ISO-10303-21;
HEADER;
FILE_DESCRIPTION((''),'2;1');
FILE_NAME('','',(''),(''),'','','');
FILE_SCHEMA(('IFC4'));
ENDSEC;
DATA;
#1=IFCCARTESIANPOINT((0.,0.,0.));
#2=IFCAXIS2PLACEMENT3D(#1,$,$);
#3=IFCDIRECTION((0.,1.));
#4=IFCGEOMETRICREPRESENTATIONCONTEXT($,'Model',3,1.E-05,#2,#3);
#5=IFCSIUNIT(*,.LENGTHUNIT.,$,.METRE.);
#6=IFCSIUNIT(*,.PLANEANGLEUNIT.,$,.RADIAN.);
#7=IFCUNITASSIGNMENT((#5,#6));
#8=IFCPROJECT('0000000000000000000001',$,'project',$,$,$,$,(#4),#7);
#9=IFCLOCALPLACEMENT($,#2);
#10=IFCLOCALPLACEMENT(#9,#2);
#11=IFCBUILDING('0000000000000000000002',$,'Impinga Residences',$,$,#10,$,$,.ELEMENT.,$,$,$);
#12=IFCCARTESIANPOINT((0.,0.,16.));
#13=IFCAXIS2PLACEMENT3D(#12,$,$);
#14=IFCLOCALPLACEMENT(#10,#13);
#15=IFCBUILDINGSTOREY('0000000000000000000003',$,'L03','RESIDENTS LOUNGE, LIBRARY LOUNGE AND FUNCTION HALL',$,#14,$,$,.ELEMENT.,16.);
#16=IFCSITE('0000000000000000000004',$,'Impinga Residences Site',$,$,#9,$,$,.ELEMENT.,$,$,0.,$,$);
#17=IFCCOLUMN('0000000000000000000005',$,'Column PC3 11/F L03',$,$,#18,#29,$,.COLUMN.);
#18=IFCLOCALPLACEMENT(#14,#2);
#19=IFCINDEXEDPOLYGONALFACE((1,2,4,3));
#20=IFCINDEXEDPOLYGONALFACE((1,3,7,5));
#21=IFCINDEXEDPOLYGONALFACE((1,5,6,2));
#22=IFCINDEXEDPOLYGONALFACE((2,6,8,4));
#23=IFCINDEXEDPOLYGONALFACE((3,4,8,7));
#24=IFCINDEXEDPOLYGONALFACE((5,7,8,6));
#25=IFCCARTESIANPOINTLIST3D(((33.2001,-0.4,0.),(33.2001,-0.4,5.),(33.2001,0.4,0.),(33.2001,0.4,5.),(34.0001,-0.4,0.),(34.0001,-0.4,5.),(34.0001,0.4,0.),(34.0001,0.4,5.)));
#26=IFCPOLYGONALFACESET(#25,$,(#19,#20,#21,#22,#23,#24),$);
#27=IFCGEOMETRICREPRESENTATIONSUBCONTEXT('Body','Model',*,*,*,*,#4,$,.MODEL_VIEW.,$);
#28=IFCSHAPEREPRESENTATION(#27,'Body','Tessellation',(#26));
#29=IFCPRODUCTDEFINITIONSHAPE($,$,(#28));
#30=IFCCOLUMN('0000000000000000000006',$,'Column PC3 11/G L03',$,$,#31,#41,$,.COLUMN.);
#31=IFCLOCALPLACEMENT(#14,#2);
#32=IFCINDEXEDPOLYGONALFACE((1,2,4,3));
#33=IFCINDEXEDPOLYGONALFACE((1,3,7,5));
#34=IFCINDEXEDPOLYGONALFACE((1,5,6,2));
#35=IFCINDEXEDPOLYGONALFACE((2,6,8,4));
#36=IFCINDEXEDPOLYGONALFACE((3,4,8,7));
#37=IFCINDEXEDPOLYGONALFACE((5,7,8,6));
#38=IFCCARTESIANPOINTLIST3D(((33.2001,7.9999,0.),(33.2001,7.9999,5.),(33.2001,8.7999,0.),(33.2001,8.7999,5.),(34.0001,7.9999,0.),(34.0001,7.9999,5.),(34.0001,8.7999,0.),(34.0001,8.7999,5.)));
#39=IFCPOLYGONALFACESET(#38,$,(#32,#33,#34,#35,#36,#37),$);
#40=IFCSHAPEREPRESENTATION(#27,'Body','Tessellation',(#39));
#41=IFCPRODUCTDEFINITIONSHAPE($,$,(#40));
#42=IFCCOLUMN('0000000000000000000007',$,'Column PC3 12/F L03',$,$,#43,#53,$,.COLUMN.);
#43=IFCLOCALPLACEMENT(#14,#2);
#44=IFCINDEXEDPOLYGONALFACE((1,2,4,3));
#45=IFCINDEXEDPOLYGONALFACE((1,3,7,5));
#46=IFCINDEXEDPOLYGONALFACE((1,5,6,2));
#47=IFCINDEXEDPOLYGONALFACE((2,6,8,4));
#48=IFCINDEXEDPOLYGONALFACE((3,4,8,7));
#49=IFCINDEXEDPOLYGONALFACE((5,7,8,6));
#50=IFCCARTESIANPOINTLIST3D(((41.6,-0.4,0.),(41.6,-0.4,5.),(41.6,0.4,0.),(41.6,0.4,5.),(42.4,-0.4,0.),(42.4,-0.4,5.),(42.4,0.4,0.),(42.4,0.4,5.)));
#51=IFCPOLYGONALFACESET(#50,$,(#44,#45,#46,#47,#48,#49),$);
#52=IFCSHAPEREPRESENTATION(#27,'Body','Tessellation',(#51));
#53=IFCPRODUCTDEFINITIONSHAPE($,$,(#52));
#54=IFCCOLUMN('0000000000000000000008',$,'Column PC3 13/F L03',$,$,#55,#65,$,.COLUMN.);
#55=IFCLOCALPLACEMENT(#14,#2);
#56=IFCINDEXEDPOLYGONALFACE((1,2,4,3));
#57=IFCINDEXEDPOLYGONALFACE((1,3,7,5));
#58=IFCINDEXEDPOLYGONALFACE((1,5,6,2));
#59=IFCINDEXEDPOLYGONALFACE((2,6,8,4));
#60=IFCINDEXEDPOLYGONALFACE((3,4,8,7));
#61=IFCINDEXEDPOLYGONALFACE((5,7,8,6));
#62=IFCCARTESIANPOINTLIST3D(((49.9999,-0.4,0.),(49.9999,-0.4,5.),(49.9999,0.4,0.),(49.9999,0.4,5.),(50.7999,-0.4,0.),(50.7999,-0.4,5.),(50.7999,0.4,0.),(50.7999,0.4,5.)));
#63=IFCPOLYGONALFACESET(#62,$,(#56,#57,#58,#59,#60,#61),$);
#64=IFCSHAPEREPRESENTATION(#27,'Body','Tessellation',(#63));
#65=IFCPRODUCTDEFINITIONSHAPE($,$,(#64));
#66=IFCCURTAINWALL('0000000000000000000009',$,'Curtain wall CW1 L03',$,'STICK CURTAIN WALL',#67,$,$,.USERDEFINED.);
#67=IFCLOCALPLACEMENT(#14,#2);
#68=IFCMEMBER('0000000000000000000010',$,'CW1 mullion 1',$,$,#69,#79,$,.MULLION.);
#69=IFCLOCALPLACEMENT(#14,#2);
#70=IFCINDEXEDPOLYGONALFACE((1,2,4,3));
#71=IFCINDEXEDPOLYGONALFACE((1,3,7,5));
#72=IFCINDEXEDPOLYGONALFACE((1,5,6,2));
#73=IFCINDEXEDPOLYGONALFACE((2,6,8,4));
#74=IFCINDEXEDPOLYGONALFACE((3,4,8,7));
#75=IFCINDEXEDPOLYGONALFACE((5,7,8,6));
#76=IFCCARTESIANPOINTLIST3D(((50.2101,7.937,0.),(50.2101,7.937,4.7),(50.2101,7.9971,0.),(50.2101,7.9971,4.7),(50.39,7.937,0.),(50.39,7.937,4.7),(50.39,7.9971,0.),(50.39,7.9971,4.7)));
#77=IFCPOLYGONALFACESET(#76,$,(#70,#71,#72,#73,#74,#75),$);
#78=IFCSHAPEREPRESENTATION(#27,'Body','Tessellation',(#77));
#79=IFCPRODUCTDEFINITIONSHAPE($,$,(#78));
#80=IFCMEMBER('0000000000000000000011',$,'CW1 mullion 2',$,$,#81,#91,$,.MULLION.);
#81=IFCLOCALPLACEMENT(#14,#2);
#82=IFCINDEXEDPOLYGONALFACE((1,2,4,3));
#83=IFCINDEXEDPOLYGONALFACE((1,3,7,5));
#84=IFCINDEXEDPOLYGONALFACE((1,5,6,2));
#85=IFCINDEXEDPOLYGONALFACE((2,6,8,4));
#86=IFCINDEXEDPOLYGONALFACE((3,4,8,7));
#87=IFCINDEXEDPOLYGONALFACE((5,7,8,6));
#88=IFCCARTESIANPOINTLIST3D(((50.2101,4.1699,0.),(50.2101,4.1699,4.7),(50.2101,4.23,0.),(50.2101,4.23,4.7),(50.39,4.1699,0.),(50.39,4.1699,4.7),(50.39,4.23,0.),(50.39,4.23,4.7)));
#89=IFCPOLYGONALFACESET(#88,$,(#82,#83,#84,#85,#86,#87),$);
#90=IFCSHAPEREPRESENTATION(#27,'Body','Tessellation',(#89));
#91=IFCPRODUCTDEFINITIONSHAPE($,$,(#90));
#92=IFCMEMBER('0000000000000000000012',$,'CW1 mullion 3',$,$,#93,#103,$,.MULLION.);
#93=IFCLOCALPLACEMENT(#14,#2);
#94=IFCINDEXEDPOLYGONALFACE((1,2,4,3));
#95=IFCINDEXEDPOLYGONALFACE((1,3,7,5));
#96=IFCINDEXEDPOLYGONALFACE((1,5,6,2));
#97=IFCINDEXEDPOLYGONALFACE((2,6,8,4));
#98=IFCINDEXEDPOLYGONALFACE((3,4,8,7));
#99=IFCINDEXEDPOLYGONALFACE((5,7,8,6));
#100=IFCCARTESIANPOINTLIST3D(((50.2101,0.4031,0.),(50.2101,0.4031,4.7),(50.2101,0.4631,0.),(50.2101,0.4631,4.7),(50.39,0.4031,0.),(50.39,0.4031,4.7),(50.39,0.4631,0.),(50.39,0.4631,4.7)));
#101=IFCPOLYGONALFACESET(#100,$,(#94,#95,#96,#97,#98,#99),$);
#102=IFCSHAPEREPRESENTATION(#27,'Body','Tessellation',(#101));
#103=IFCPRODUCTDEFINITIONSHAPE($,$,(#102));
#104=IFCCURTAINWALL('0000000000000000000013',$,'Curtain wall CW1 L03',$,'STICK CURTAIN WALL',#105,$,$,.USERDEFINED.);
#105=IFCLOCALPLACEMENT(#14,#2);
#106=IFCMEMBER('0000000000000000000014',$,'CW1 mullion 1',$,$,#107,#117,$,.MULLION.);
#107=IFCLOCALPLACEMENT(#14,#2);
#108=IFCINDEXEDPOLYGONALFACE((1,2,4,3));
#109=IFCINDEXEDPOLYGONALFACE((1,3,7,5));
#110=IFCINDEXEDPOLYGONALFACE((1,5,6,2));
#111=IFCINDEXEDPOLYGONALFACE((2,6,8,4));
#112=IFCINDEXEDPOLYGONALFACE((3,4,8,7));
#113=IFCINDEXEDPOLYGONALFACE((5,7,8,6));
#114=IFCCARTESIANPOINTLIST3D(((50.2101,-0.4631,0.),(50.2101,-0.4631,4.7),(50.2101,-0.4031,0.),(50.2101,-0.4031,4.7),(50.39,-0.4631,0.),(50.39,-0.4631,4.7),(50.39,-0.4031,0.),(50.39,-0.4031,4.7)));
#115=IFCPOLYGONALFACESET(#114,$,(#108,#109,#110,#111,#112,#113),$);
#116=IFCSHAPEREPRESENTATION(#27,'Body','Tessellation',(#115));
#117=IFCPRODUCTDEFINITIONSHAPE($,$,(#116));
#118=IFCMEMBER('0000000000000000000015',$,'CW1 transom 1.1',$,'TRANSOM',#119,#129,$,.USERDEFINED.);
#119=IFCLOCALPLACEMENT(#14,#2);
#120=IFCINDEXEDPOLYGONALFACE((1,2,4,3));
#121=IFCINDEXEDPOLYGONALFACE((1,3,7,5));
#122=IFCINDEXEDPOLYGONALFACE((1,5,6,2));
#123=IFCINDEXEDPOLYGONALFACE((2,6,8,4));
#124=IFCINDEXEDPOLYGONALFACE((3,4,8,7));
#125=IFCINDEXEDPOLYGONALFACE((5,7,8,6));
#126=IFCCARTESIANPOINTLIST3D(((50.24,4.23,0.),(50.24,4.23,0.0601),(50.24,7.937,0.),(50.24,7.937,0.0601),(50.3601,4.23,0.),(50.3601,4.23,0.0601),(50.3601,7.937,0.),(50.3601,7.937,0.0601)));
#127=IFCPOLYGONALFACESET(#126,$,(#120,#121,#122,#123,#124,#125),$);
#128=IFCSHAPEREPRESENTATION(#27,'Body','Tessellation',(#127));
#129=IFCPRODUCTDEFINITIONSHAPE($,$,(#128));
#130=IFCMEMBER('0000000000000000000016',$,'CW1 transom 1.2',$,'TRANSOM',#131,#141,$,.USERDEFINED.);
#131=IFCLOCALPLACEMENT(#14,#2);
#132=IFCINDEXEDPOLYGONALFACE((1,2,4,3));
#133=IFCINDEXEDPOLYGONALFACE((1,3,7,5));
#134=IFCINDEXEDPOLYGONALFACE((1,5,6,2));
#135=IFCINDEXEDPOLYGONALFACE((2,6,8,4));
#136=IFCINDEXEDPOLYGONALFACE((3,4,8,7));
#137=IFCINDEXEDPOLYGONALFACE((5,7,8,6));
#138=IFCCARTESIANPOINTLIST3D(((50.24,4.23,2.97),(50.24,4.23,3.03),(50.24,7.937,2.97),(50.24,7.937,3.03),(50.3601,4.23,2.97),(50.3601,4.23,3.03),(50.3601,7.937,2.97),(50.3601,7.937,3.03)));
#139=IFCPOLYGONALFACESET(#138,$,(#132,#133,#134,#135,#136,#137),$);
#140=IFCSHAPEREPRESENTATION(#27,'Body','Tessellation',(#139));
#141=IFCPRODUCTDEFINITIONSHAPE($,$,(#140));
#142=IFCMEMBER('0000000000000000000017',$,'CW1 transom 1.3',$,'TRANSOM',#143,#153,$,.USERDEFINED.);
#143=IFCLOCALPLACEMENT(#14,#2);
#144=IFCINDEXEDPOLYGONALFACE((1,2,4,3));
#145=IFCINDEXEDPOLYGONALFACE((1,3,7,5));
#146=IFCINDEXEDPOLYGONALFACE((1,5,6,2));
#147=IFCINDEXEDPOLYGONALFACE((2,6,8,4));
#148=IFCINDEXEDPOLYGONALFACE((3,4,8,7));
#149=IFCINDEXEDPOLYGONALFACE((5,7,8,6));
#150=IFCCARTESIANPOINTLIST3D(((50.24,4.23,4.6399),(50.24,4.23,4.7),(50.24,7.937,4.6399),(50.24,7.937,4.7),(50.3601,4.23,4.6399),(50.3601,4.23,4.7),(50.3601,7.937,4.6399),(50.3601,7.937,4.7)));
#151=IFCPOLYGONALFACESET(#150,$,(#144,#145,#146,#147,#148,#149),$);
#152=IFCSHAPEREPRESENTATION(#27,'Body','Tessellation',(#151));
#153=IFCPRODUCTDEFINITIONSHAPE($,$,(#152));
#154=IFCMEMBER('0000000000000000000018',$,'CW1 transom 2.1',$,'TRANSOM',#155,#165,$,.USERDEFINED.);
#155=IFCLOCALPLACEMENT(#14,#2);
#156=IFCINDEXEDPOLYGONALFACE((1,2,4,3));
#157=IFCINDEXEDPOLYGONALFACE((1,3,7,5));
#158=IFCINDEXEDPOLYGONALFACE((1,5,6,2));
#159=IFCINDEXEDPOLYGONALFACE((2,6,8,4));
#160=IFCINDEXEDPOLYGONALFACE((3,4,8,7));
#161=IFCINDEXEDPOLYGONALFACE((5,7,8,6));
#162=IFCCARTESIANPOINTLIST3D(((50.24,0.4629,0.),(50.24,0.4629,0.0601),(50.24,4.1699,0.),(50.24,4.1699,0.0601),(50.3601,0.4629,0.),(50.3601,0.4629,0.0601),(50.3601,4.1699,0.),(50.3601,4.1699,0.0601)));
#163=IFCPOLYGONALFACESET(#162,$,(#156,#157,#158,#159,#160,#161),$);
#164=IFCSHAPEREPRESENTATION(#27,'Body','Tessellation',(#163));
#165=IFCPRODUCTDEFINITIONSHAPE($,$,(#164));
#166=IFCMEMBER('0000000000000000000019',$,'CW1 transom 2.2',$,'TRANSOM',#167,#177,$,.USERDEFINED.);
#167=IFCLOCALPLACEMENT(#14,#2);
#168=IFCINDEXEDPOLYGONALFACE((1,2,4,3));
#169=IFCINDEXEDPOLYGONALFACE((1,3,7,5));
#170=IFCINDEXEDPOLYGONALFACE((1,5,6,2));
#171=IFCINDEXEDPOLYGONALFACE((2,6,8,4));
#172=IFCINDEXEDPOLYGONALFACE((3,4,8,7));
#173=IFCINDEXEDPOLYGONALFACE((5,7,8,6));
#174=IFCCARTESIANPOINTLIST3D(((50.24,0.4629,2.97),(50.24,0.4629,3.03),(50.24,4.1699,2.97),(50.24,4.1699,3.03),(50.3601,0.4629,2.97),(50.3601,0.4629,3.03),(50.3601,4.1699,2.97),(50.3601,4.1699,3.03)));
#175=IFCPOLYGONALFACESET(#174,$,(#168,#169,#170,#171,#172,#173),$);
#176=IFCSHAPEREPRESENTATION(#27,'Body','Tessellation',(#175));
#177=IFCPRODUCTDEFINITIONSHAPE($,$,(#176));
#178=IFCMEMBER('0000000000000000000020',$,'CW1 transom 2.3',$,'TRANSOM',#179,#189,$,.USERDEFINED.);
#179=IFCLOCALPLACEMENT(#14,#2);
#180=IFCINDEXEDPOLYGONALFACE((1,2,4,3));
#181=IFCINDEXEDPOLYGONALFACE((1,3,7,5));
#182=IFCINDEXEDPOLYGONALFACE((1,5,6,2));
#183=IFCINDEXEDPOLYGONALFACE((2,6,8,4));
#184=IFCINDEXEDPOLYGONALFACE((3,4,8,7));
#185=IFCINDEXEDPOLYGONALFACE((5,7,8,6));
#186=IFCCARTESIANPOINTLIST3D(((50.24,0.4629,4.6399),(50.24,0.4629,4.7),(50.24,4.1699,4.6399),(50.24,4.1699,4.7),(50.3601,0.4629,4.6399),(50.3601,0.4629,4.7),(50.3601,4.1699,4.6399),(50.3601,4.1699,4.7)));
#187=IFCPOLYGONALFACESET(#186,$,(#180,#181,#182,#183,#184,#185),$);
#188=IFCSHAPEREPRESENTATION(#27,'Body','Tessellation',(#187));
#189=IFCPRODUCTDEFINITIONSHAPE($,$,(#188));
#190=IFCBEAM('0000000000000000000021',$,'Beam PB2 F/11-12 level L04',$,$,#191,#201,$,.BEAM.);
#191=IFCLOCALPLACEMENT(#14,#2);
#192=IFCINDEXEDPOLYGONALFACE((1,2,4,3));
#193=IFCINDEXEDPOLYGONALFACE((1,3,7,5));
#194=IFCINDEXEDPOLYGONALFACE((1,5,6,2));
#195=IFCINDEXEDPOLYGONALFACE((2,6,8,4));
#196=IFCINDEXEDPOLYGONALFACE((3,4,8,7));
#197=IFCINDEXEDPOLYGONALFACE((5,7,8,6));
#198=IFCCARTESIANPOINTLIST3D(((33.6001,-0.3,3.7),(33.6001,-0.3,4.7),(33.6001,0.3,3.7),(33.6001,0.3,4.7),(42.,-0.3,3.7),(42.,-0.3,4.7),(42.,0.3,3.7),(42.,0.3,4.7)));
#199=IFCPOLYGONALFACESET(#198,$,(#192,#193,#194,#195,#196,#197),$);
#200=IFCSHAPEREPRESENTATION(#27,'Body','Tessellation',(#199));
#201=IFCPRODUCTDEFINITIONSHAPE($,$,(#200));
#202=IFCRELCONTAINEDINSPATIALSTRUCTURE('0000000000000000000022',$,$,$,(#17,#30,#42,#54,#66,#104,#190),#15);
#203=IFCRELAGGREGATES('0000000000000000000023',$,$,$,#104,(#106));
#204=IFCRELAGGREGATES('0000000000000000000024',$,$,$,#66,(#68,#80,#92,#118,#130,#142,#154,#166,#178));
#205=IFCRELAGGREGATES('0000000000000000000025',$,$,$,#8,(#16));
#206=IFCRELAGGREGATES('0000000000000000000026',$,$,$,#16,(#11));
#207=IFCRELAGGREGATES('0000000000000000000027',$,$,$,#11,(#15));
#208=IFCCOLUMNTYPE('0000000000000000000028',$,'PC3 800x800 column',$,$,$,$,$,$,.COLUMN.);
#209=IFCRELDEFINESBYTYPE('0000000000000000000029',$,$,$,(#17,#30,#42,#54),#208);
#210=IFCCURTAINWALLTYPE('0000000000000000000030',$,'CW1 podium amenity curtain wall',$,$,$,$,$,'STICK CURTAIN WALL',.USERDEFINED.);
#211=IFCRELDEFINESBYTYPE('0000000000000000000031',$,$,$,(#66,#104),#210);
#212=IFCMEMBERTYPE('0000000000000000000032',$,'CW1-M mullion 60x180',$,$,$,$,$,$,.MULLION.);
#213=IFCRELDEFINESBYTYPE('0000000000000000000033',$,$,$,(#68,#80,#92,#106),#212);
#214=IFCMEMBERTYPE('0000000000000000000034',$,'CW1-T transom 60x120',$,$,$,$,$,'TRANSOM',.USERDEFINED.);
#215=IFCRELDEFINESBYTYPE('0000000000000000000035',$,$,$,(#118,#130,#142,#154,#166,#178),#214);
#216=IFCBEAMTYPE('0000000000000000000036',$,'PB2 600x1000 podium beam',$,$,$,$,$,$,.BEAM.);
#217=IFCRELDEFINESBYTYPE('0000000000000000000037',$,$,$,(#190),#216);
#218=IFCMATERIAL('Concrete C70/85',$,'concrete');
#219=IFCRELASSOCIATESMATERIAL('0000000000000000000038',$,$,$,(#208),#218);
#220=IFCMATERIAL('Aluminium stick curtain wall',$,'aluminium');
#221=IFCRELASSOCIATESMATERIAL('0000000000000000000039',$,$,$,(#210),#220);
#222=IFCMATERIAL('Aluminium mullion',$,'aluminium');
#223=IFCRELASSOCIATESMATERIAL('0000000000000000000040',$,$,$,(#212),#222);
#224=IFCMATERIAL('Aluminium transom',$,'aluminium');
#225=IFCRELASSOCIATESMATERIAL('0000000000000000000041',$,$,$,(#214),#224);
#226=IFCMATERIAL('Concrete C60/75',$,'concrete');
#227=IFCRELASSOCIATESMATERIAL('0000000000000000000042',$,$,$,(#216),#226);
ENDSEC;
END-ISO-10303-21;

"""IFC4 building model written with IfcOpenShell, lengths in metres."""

from ifc_helpers import new_model, si_unit, direction, frame, origin, origin_2d, place, context, subcontext, project, spatial, rectangle, extrude, material, material_profile, profile_set, type_object, element, aggregate, save


model = new_model("IFC4")

# Units and contexts
model_context = context("Model", 3, precision=1e-05, world=origin(), true_north=direction((0.0, 1.0)))
body_context = subcontext(model_context, "Body", "Model", "MODEL_VIEW")
ifc_project = project(units=[si_unit("LENGTHUNIT", "METRE"), si_unit("PLANEANGLEUNIT", "RADIAN")], contexts=[model_context])

# Site, building, storey
site_placement = place(None, origin())
site = spatial("IfcSite", under=ifc_project, at=site_placement, Name="Impinga Residences Site", CompositionType="ELEMENT", RefElevation=0.0)
building_placement = place(site_placement, origin())
building = spatial("IfcBuilding", under=site, at=building_placement, Name="Impinga Residences", CompositionType="ELEMENT")
storey_placement = place(building_placement, frame((0.0, 0.0, 16.0)))
storey = spatial("IfcBuildingStorey", under=building, at=storey_placement, Name="L03", Description="RESIDENTS LOUNGE, LIBRARY LOUNGE AND FUNCTION HALL", CompositionType="ELEMENT", Elevation=16.0)

# Columns
ifc_material_1 = material(Name="Concrete C70/85", Category="concrete")
ifc_material_profile_1 = material_profile(ifc_material_1, rectangle(XDim=0.8, YDim=0.8, at=origin_2d()), Name="RC 800x800")
ifc_profile_set_1 = profile_set([ifc_material_profile_1], Name="Concrete C70/85")
column_type = type_object("IfcColumnType", Name="PC3 800x800 column", PredefinedType="COLUMN", material=ifc_profile_set_1)
for number, where, z_axis, x_axis, name in (
    (1, (33.6001, 0.0, 0.0), (0.0, 0.0, 1.0), (1.0, 0.0, 0.0), "Column PC3 11/F L03"),
    (2, (33.6001, 8.3999, 0.0), (0.0, 0.0, 1.0), (1.0, 0.0, 0.0), "Column PC3 11/G L03"),
    (3, (42.0, 0.0, 0.0), (0.0, 0.0, 1.0), (1.0, 0.0, 0.0), "Column PC3 12/F L03"),
    (4, (50.3999, 0.0, 0.0), (0.0, 0.0, 1.0), (1.0, 0.0, 0.0), "Column PC3 13/F L03"),
):
    element("IfcColumn", number, at=place(storey_placement, frame(where, z_axis=z_axis, x_axis=x_axis)), inside=storey, type_object=column_type, Name=name, PredefinedType="COLUMN", context=body_context, shape_type="SweptSolid", body=[
        extrude(rectangle(XDim=0.8, YDim=0.8, at=origin_2d()), origin(), (0.0, 0.0, 1.0), 5.0),
    ])

# Curtain wall, members
ifc_material_2 = material(Name="Aluminium stick curtain wall", Category="aluminium")
curtain_wall_type = type_object("IfcCurtainWallType", Name="CW1 podium amenity curtain wall", ElementType="STICK CURTAIN WALL", PredefinedType="USERDEFINED", material=ifc_material_2)
curtain_wall_1_placement = place(storey_placement, origin())
curtain_wall_1 = element("IfcCurtainWall", 5, at=curtain_wall_1_placement, inside=storey, type_object=curtain_wall_type, Name="Curtain wall CW1 L03", ObjectType="STICK CURTAIN WALL", PredefinedType="USERDEFINED")
ifc_material_3 = material(Name="Aluminium mullion", Category="aluminium")
ifc_material_profile_2 = material_profile(ifc_material_3, rectangle(XDim=0.0601, YDim=0.1799, at=origin_2d()), Name="60x180 mullion")
ifc_profile_set_2 = profile_set([ifc_material_profile_2], Name="Aluminium mullion")
member_type_1 = type_object("IfcMemberType", Name="CW1-M mullion 60x180", PredefinedType="MULLION", material=ifc_profile_set_2)
member_1_placement = place(storey_placement, frame((50.3, 7.967, 0.0), z_axis=(0.0, 0.0, 1.0), x_axis=(0.0, -1.0, 0.0)))
member_1 = element("IfcMember", 6, at=member_1_placement, type_object=member_type_1, Name="CW1 mullion 1", PredefinedType="MULLION", context=body_context, shape_type="SweptSolid", body=[
    extrude(rectangle(XDim=0.0601, YDim=0.1799, at=origin_2d()), origin(), (0.0, 0.0, 1.0), 4.7),
])
member_2_placement = place(storey_placement, frame((50.3, 4.2, 0.0), z_axis=(0.0, 0.0, 1.0), x_axis=(0.0, -1.0, 0.0)))
member_2 = element("IfcMember", 7, at=member_2_placement, type_object=member_type_1, Name="CW1 mullion 2", PredefinedType="MULLION", context=body_context, shape_type="SweptSolid", body=[
    extrude(rectangle(XDim=0.0601, YDim=0.1799, at=origin_2d()), origin(), (0.0, 0.0, 1.0), 4.7),
])
member_3_placement = place(storey_placement, frame((50.3, 0.4331, 0.0), z_axis=(0.0, 0.0, 1.0), x_axis=(0.0, -1.0, 0.0)))
member_3 = element("IfcMember", 8, at=member_3_placement, type_object=member_type_1, Name="CW1 mullion 3", PredefinedType="MULLION", context=body_context, shape_type="SweptSolid", body=[
    extrude(rectangle(XDim=0.0601, YDim=0.1799, at=origin_2d()), origin(), (0.0, 0.0, 1.0), 4.7),
])

# Curtain wall, member
curtain_wall_2_placement = place(storey_placement, origin())
curtain_wall_2 = element("IfcCurtainWall", 9, at=curtain_wall_2_placement, inside=storey, type_object=curtain_wall_type, Name="Curtain wall CW1 L03", ObjectType="STICK CURTAIN WALL", PredefinedType="USERDEFINED")
member_4_placement = place(storey_placement, frame((50.3, -0.4331, 0.0), z_axis=(0.0, 0.0, 1.0), x_axis=(0.0, -1.0, 0.0)))
member_4 = element("IfcMember", 10, at=member_4_placement, type_object=member_type_1, Name="CW1 mullion 1", PredefinedType="MULLION", context=body_context, shape_type="SweptSolid", body=[
    extrude(rectangle(XDim=0.0601, YDim=0.1799, at=origin_2d()), origin(), (0.0, 0.0, 1.0), 4.7),
])
aggregate(curtain_wall_2, [member_4])

# Members
ifc_material_4 = material(Name="Aluminium transom", Category="aluminium")
ifc_material_profile_3 = material_profile(ifc_material_4, rectangle(XDim=0.0601, YDim=0.1201, at=origin_2d()), Name="60x120 transom")
ifc_profile_set_3 = profile_set([ifc_material_profile_3], Name="Aluminium transom")
member_type_2 = type_object("IfcMemberType", Name="CW1-T transom 60x120", ElementType="TRANSOM", PredefinedType="USERDEFINED", material=ifc_profile_set_3)
member_5_placement = place(storey_placement, frame((50.3, 7.937, 0.03), z_axis=(0.0, -1.0, 0.0), x_axis=(0.0, 0.0, 1.0)))
member_5 = element("IfcMember", 11, at=member_5_placement, type_object=member_type_2, Name="CW1 transom 1.1", ObjectType="TRANSOM", PredefinedType="USERDEFINED", context=body_context, shape_type="SweptSolid", body=[
    extrude(rectangle(XDim=0.0601, YDim=0.1201, at=origin_2d()), origin(), (0.0, 0.0, 1.0), 3.707),
])
member_6_placement = place(storey_placement, frame((50.3, 7.937, 3.0), z_axis=(0.0, -1.0, 0.0), x_axis=(0.0, 0.0, 1.0)))
member_6 = element("IfcMember", 12, at=member_6_placement, type_object=member_type_2, Name="CW1 transom 1.2", ObjectType="TRANSOM", PredefinedType="USERDEFINED", context=body_context, shape_type="SweptSolid", body=[
    extrude(rectangle(XDim=0.0601, YDim=0.1201, at=origin_2d()), origin(), (0.0, 0.0, 1.0), 3.707),
])
member_7_placement = place(storey_placement, frame((50.3, 7.937, 4.6699), z_axis=(0.0, -1.0, 0.0), x_axis=(0.0, 0.0, 1.0)))
member_7 = element("IfcMember", 13, at=member_7_placement, type_object=member_type_2, Name="CW1 transom 1.3", ObjectType="TRANSOM", PredefinedType="USERDEFINED", context=body_context, shape_type="SweptSolid", body=[
    extrude(rectangle(XDim=0.0601, YDim=0.1201, at=origin_2d()), origin(), (0.0, 0.0, 1.0), 3.707),
])
member_8_placement = place(storey_placement, frame((50.3, 4.1699, 0.03), z_axis=(0.0, -1.0, 0.0), x_axis=(0.0, 0.0, 1.0)))
member_8 = element("IfcMember", 14, at=member_8_placement, type_object=member_type_2, Name="CW1 transom 2.1", ObjectType="TRANSOM", PredefinedType="USERDEFINED", context=body_context, shape_type="SweptSolid", body=[
    extrude(rectangle(XDim=0.0601, YDim=0.1201, at=origin_2d()), origin(), (0.0, 0.0, 1.0), 3.707),
])
member_9_placement = place(storey_placement, frame((50.3, 4.1699, 3.0), z_axis=(0.0, -1.0, 0.0), x_axis=(0.0, 0.0, 1.0)))
member_9 = element("IfcMember", 15, at=member_9_placement, type_object=member_type_2, Name="CW1 transom 2.2", ObjectType="TRANSOM", PredefinedType="USERDEFINED", context=body_context, shape_type="SweptSolid", body=[
    extrude(rectangle(XDim=0.0601, YDim=0.1201, at=origin_2d()), origin(), (0.0, 0.0, 1.0), 3.707),
])
member_10_placement = place(storey_placement, frame((50.3, 4.1699, 4.6699), z_axis=(0.0, -1.0, 0.0), x_axis=(0.0, 0.0, 1.0)))
member_10 = element("IfcMember", 16, at=member_10_placement, type_object=member_type_2, Name="CW1 transom 2.3", ObjectType="TRANSOM", PredefinedType="USERDEFINED", context=body_context, shape_type="SweptSolid", body=[
    extrude(rectangle(XDim=0.0601, YDim=0.1201, at=origin_2d()), origin(), (0.0, 0.0, 1.0), 3.707),
])

# Beam
ifc_material_5 = material(Name="Concrete C60/75", Category="concrete")
ifc_material_profile_4 = material_profile(ifc_material_5, rectangle(XDim=0.6001, YDim=1.0, at=origin_2d()), Name="RC 600x1000")
ifc_profile_set_4 = profile_set([ifc_material_profile_4], Name="Concrete C60/75")
beam_type = type_object("IfcBeamType", Name="PB2 600x1000 podium beam", PredefinedType="BEAM", material=ifc_profile_set_4)
for number, where, z_axis, x_axis, name in (
    (17, (33.6001, 0.0, 4.2), (1.0, 0.0, 0.0), (0.0, 1.0, 0.0), "Beam PB2 F/11-12 level L04"),
):
    element("IfcBeam", number, at=place(storey_placement, frame(where, z_axis=z_axis, x_axis=x_axis)), inside=storey, type_object=beam_type, Name=name, PredefinedType="BEAM", context=body_context, shape_type="SweptSolid", body=[
        extrude(rectangle(XDim=0.6001, YDim=1.0, at=origin_2d()), origin(), (0.0, 0.0, 1.0), 8.3999),
    ])

aggregate(curtain_wall_1, [member_1, member_2, member_3, member_5, member_6, member_7, member_8, member_9, member_10])

save(model, "model.ifc")
